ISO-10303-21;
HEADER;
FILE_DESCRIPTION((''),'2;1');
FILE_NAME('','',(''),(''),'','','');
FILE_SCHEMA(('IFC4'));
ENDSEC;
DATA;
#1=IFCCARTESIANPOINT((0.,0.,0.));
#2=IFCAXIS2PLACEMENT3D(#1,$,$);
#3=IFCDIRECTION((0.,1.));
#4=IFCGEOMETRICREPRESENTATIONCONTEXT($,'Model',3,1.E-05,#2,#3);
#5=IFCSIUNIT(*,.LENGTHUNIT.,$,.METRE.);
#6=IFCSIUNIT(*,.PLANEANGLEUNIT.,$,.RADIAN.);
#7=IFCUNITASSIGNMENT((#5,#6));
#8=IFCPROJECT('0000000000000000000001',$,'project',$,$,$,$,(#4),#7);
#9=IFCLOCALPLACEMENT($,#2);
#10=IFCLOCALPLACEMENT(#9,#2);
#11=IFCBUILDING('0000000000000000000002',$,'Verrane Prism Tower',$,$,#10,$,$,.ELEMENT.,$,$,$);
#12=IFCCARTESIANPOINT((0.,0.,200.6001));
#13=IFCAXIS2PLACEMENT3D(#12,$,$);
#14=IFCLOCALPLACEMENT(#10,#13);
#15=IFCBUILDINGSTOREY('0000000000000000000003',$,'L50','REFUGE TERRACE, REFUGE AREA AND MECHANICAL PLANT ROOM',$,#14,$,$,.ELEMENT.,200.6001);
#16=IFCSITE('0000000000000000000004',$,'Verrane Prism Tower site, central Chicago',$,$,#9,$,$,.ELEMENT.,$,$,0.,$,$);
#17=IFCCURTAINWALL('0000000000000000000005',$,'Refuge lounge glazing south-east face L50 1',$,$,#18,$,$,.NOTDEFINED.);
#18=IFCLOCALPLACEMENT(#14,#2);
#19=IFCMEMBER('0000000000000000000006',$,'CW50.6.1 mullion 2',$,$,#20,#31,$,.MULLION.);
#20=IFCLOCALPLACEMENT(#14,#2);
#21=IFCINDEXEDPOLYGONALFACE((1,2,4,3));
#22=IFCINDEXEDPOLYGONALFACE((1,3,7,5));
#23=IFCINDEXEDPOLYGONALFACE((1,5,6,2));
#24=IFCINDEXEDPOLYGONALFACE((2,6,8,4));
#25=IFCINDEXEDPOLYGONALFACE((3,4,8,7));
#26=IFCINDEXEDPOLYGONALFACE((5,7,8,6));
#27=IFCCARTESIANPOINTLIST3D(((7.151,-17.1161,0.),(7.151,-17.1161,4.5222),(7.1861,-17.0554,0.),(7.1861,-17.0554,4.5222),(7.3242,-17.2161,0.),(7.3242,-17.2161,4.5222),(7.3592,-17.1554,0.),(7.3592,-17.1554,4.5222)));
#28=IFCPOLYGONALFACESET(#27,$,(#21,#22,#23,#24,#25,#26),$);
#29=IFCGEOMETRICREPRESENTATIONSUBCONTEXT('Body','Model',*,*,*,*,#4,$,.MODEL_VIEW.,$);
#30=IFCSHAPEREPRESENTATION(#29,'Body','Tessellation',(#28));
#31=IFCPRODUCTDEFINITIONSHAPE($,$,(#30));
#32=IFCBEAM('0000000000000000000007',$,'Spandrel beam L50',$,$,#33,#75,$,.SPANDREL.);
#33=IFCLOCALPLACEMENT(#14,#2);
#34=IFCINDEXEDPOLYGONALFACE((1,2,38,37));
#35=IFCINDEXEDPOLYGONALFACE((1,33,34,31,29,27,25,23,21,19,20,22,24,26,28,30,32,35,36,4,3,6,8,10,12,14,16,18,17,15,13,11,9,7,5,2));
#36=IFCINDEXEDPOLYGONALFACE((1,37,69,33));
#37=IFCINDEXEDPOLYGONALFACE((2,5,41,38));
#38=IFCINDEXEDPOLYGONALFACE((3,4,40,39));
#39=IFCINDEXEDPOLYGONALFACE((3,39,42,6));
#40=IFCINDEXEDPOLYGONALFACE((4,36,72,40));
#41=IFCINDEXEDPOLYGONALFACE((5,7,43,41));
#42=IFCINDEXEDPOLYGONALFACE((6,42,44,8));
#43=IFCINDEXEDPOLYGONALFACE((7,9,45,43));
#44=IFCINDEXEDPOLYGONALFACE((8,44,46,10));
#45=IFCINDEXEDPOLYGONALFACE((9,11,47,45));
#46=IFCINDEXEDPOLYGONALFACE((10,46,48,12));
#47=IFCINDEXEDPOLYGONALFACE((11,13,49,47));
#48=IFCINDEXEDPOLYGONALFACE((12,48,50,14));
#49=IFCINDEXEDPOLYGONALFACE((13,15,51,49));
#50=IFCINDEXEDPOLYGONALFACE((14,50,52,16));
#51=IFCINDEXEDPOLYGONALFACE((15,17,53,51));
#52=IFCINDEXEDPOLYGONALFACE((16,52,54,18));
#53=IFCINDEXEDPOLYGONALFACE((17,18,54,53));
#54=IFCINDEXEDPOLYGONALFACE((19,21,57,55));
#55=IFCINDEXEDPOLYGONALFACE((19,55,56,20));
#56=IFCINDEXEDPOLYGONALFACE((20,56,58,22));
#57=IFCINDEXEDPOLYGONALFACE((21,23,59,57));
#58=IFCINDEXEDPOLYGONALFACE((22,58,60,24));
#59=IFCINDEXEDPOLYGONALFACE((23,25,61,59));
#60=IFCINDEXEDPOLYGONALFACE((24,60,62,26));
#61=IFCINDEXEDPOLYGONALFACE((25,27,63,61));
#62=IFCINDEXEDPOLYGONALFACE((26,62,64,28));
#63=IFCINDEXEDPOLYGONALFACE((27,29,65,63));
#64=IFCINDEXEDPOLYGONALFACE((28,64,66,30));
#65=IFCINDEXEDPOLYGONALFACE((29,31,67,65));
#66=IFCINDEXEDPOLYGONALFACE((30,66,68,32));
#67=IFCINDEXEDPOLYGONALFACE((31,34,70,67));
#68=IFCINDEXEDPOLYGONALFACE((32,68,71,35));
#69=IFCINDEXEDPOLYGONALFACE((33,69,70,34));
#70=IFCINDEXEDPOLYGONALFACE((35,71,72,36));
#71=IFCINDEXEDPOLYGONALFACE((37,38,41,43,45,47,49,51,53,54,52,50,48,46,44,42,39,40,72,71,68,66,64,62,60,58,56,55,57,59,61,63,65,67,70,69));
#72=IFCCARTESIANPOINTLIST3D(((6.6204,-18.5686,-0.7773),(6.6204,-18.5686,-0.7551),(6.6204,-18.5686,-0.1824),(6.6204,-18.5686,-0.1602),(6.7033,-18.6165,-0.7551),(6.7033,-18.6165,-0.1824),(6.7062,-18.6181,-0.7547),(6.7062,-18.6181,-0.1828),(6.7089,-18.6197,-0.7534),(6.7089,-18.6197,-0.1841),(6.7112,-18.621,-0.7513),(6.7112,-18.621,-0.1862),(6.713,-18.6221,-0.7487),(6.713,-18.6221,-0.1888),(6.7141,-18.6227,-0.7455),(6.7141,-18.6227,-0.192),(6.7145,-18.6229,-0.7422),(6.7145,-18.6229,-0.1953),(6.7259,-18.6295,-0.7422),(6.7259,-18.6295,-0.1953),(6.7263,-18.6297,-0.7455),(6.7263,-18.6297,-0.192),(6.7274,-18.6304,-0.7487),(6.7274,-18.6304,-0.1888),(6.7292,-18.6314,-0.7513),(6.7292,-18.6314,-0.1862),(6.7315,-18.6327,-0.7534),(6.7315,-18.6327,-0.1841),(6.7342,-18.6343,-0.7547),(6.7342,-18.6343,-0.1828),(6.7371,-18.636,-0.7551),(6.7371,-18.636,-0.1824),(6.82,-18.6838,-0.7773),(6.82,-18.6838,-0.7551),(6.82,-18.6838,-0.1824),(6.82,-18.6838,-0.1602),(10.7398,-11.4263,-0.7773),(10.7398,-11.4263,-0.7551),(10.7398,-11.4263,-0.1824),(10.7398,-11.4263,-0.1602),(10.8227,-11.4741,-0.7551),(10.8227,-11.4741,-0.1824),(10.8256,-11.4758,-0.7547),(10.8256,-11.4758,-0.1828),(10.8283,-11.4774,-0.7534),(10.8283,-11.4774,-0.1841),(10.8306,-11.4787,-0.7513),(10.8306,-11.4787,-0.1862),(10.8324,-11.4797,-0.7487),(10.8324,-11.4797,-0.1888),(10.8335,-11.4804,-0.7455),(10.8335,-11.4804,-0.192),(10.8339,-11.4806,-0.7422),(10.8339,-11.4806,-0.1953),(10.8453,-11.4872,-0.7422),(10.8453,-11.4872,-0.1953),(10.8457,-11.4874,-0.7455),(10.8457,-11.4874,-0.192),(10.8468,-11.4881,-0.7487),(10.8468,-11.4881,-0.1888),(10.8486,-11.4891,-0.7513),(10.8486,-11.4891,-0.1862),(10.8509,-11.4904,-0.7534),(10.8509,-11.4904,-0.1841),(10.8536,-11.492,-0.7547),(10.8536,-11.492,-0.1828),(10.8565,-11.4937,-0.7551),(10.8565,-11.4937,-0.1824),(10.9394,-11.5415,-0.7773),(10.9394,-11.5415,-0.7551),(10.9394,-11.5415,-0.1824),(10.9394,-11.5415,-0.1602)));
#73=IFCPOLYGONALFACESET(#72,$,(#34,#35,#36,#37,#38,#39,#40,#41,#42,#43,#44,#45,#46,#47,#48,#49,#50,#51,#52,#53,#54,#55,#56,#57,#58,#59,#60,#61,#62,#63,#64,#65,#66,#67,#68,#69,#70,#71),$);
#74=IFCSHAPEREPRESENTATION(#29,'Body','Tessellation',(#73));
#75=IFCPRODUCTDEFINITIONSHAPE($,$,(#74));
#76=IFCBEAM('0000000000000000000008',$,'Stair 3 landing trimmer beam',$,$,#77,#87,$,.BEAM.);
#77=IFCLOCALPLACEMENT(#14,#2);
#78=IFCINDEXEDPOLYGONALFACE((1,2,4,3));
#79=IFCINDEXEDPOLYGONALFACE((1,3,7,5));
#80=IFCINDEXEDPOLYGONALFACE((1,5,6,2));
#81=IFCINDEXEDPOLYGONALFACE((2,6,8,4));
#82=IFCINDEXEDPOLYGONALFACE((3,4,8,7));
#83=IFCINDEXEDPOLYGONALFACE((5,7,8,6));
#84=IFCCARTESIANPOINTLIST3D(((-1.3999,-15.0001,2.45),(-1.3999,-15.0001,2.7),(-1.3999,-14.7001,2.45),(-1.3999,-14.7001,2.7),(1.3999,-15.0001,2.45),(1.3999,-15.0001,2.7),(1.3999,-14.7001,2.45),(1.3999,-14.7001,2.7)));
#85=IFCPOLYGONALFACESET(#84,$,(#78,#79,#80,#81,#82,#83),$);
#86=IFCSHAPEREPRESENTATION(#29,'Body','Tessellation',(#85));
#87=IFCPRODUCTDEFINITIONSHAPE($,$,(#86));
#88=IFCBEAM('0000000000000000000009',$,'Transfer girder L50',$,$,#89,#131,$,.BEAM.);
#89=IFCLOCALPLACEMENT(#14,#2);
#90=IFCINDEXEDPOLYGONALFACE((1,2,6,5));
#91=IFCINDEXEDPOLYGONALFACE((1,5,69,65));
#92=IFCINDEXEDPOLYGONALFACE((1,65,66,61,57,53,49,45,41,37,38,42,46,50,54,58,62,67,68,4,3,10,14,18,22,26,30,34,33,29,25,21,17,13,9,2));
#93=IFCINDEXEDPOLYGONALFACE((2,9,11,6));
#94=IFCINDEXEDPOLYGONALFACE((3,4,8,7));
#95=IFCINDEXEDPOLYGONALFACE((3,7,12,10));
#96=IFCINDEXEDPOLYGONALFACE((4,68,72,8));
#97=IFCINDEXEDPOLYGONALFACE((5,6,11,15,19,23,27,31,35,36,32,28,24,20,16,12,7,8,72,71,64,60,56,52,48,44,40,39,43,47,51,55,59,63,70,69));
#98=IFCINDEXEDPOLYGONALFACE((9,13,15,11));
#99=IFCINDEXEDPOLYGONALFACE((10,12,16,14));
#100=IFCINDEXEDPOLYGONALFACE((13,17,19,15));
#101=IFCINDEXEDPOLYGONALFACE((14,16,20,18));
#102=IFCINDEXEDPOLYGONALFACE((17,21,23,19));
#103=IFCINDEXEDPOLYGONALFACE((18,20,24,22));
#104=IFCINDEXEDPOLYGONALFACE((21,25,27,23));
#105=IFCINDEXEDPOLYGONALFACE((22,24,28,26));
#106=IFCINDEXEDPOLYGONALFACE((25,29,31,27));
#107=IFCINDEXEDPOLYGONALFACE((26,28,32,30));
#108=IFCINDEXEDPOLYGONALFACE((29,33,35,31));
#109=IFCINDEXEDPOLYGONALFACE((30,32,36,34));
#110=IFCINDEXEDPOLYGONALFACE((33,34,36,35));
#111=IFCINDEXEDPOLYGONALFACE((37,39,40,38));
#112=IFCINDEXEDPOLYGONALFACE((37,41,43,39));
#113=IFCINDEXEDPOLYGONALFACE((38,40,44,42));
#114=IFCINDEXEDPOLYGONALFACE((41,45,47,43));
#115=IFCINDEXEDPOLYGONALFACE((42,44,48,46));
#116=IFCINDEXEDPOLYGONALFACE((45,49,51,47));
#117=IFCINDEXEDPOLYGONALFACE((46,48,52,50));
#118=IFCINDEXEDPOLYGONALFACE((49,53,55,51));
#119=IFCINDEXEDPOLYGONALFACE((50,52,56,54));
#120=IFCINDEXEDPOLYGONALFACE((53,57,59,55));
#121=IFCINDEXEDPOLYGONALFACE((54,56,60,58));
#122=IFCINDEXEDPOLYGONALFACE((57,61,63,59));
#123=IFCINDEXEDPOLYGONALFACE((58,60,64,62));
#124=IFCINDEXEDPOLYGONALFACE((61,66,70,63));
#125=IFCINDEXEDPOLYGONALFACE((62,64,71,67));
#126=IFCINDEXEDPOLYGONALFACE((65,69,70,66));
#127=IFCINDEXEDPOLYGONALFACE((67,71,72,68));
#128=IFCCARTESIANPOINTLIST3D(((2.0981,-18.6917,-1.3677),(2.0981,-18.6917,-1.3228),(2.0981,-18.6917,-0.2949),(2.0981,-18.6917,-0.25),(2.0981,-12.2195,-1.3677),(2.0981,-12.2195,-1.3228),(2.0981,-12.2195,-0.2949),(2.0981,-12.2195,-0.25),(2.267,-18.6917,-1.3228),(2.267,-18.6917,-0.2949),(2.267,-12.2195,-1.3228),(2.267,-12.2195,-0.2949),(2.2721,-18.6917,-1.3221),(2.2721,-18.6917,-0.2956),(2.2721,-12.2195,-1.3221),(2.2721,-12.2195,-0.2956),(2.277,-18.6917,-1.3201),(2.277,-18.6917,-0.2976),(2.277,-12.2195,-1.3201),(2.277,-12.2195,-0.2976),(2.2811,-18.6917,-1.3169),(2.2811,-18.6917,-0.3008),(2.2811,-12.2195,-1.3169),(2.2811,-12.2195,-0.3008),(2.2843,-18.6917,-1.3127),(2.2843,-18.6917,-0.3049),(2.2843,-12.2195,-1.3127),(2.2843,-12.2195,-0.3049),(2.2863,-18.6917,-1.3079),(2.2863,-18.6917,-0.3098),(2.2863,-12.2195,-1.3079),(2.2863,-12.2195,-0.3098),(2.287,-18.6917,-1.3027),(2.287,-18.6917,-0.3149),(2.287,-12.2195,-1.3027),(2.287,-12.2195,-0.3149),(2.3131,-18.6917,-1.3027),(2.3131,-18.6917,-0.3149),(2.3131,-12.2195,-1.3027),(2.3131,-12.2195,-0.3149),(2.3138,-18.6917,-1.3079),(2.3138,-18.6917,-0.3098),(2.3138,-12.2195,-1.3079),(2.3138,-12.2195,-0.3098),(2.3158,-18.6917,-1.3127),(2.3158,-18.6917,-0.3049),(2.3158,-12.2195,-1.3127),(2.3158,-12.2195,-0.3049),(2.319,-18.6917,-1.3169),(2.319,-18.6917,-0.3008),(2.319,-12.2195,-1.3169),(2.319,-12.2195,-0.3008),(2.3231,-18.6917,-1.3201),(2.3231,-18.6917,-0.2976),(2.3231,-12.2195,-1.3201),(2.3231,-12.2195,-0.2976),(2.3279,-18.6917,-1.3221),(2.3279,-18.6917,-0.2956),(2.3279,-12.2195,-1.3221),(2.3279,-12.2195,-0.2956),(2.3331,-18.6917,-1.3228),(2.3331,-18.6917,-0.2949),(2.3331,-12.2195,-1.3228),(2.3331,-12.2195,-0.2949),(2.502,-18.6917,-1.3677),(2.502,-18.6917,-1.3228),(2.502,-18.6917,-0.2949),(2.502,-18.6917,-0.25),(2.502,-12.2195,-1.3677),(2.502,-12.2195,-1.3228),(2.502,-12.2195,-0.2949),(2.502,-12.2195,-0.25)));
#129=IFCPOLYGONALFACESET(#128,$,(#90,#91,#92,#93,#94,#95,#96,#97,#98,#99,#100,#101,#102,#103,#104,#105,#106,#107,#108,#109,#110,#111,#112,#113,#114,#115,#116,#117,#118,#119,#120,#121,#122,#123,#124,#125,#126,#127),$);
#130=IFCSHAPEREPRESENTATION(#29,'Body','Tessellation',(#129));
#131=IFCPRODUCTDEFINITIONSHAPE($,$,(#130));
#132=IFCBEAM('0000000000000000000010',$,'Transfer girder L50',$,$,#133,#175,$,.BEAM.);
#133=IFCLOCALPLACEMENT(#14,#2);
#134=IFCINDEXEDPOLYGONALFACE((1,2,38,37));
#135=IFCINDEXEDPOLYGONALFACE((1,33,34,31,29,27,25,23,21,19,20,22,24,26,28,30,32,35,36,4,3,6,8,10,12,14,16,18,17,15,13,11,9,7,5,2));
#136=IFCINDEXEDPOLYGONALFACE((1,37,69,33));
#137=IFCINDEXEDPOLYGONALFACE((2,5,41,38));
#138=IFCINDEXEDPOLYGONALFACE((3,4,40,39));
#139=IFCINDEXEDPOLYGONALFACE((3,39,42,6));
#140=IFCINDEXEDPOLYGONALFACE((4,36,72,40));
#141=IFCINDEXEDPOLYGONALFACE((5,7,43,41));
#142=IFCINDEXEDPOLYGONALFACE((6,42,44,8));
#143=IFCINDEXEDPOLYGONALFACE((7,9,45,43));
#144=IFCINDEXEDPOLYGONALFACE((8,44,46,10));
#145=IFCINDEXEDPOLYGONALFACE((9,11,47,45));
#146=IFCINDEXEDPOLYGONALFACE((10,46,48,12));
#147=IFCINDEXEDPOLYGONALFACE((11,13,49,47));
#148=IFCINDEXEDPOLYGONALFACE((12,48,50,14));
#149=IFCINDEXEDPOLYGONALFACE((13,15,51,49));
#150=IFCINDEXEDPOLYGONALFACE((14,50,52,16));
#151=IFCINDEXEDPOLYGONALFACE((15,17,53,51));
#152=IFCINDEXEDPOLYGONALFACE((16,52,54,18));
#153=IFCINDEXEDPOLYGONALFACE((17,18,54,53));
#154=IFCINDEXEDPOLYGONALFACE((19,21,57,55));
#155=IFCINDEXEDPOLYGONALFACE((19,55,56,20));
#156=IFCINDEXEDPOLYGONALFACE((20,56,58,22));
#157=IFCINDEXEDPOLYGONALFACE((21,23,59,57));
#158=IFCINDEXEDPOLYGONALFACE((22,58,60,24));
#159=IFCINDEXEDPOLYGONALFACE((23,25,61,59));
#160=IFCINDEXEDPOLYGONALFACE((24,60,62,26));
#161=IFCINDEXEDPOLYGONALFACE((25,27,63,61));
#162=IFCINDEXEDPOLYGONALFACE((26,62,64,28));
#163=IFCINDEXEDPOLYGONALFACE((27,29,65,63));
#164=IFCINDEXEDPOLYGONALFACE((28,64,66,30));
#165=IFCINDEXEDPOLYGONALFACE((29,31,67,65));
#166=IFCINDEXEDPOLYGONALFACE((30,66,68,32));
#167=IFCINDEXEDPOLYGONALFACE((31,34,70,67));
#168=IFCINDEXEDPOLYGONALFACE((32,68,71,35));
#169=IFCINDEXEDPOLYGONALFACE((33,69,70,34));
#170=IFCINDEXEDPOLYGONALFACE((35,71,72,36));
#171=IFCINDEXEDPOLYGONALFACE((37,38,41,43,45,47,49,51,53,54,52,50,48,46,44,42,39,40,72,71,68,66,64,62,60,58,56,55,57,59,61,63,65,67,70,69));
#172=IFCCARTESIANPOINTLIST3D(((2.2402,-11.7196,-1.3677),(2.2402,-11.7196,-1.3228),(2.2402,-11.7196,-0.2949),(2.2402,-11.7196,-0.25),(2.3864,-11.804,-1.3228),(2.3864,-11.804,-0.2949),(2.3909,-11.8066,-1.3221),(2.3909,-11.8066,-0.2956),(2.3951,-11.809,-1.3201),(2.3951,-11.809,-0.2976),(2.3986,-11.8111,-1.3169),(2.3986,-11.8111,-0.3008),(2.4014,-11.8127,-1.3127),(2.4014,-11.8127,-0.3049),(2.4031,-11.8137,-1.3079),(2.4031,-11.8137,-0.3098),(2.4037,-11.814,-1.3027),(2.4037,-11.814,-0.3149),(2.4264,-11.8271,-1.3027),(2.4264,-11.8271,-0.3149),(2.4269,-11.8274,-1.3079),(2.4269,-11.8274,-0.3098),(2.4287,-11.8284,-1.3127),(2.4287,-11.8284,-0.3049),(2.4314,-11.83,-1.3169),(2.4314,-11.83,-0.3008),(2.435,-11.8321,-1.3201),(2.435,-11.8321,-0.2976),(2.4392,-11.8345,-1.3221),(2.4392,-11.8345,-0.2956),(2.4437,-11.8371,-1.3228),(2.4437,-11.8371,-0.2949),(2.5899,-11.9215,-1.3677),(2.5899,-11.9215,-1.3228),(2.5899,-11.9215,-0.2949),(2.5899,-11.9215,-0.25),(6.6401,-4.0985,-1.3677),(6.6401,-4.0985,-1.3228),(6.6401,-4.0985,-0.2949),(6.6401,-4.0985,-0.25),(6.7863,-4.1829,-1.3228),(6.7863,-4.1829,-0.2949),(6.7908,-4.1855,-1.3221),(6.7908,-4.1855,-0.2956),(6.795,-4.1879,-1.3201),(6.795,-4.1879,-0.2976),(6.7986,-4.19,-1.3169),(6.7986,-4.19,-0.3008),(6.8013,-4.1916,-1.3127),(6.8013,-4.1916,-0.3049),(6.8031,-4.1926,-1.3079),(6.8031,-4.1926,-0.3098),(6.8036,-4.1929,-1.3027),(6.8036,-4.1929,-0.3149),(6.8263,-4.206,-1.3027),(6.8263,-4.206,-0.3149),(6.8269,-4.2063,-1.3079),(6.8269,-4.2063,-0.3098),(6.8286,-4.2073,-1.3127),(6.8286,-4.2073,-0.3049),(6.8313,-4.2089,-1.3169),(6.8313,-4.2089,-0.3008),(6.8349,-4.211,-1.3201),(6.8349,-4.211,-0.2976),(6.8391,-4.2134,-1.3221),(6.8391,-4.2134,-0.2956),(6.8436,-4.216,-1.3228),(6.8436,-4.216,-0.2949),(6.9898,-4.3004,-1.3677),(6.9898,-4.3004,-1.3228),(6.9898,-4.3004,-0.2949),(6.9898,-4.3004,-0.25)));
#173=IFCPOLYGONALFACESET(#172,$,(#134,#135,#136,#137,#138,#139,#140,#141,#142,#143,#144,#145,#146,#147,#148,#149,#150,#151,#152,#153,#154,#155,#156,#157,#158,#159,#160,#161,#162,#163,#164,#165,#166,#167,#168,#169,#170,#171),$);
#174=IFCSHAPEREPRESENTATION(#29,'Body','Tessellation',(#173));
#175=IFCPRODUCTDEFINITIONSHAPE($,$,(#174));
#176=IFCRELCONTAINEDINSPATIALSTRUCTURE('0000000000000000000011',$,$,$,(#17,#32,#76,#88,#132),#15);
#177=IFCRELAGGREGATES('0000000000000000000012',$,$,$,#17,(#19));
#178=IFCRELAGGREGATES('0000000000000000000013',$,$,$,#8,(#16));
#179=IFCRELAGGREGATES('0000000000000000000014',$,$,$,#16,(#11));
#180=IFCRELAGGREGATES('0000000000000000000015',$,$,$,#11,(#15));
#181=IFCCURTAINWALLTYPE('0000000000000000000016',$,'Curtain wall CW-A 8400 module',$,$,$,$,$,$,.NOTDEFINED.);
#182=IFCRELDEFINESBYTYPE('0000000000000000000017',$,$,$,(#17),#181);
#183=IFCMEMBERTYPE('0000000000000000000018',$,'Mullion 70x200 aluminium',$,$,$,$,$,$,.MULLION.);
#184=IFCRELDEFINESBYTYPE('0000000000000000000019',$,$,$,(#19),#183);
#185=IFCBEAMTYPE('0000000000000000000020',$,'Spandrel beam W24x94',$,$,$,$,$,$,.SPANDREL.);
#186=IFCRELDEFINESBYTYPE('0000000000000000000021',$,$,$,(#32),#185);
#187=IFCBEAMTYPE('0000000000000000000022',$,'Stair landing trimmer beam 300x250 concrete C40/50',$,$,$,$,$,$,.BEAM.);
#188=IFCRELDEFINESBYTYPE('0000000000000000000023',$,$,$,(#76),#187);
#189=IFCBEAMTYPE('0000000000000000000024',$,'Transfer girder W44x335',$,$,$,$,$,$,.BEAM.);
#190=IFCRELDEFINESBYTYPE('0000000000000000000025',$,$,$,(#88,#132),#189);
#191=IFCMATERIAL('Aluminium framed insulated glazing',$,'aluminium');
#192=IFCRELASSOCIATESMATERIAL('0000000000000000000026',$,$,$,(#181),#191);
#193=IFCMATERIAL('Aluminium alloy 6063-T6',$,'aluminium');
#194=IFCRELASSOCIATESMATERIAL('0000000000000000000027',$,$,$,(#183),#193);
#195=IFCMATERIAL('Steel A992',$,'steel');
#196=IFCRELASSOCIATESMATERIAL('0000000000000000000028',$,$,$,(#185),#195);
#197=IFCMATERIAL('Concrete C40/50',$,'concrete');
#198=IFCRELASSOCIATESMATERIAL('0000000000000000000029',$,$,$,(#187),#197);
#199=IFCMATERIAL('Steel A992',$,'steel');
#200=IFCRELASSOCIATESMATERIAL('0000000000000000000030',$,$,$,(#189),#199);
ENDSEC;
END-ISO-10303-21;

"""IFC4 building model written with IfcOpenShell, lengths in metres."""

from ifc_helpers import new_model, si_unit, direction, frame, origin, origin_2d, place, context, subcontext, project, spatial, rectangle, i_section, extrude, material, material_profile, profile_set, type_object, element, aggregate, save


model = new_model("IFC4")

# Units and contexts
model_context = context("Model", 3, precision=1e-05, world=origin(), true_north=direction((0.0, 1.0)))
body_context = subcontext(model_context, "Body", "Model", "MODEL_VIEW")
ifc_project = project(units=[si_unit("LENGTHUNIT", "METRE"), si_unit("PLANEANGLEUNIT", "RADIAN")], contexts=[model_context])

# Site, building, storey
site_placement = place(None, origin())
site = spatial("IfcSite", under=ifc_project, at=site_placement, Name="Verrane Prism Tower site, central Chicago", CompositionType="ELEMENT", RefElevation=0.0)
building_placement = place(site_placement, origin())
building = spatial("IfcBuilding", under=site, at=building_placement, Name="Verrane Prism Tower", CompositionType="ELEMENT")
storey_placement = place(building_placement, frame((0.0, 0.0, 200.6001)))
storey = spatial("IfcBuildingStorey", under=building, at=storey_placement, Name="L50", Description="REFUGE TERRACE, REFUGE AREA AND MECHANICAL PLANT ROOM", CompositionType="ELEMENT", Elevation=200.6001)

# Curtain wall, member
ifc_material_1 = material(Name="Aluminium framed insulated glazing", Category="aluminium")
curtain_wall_type = type_object("IfcCurtainWallType", Name="Curtain wall CW-A 8400 module", PredefinedType="NOTDEFINED", material=ifc_material_1)
curtain_wall_placement = place(storey_placement, origin())
curtain_wall = element("IfcCurtainWall", 1, at=curtain_wall_placement, inside=storey, type_object=curtain_wall_type, Name="Refuge lounge glazing south-east face L50 1", PredefinedType="NOTDEFINED")
ifc_material_2 = material(Name="Aluminium alloy 6063-T6", Category="aluminium")
ifc_material_profile_1 = material_profile(ifc_material_2, rectangle(XDim=0.2, YDim=0.0701, at=origin_2d()), Name="Mullion 70x200 aluminium")
ifc_profile_set_1 = profile_set([ifc_material_profile_1], Name="Aluminium alloy 6063-T6")
member_type = type_object("IfcMemberType", Name="Mullion 70x200 aluminium", PredefinedType="MULLION", material=ifc_profile_set_1)
member_placement = place(storey_placement, frame((7.2551, -17.1357, 0.0), z_axis=(0.0, 0.0, 1.0), x_axis=(-0.866027, 0.499996, 0.0)))
member = element("IfcMember", 2, at=member_placement, type_object=member_type, Name="CW50.6.1 mullion 2", PredefinedType="MULLION", context=body_context, shape_type="SweptSolid", body=[
    extrude(rectangle(XDim=0.2, YDim=0.0701, at=origin_2d()), origin(), (0.0, 0.0, 1.0), 4.5222),
])
aggregate(curtain_wall, [member])

# Beams
ifc_material_3 = material(Name="Steel A992", Category="steel")
ifc_material_profile_2 = material_profile(ifc_material_3, i_section(OverallWidth=0.2305, OverallDepth=0.6172, WebThickness=0.0132, FlangeThickness=0.0222, FilletRadius=0.0129, at=origin_2d()), Name="W24x94")
ifc_profile_set_2 = profile_set([ifc_material_profile_2], Name="Steel A992")
beam_type_1 = type_object("IfcBeamType", Name="Spandrel beam W24x94", PredefinedType="SPANDREL", material=ifc_profile_set_2)
beam_1_placement = place(storey_placement, frame((6.7202, -18.6262, -0.4688), z_axis=(0.499614, 0.866248, 0.0), x_axis=(-0.866248, 0.499614, 0.0)))
element("IfcBeam", 3, at=beam_1_placement, inside=storey, type_object=beam_type_1, Name="Spandrel beam L50", PredefinedType="SPANDREL", context=body_context, shape_type="SweptSolid", body=[
    extrude(i_section(OverallWidth=0.2305, OverallDepth=0.6172, WebThickness=0.0132, FlangeThickness=0.0222, FilletRadius=0.0129, at=origin_2d()), origin(), (0.0, 0.0, 1.0), 8.2451),
])
ifc_material_4 = material(Name="Concrete C40/50", Category="concrete")
ifc_material_profile_3 = material_profile(ifc_material_4, rectangle(XDim=0.3, YDim=0.25, at=origin_2d()), Name="RC 300x250")
ifc_profile_set_3 = profile_set([ifc_material_profile_3], Name="Concrete C40/50")
beam_type_2 = type_object("IfcBeamType", Name="Stair landing trimmer beam 300x250 concrete C40/50", PredefinedType="BEAM", material=ifc_profile_set_3)
beam_2_placement = place(storey_placement, frame((1.3999, -14.8501, 2.575), z_axis=(-1.0, 0.0, 0.0), x_axis=(0.0, -1.0, 0.0)))
element("IfcBeam", 4, at=beam_2_placement, inside=storey, type_object=beam_type_2, Name="Stair 3 landing trimmer beam", PredefinedType="BEAM", context=body_context, shape_type="SweptSolid", body=[
    extrude(rectangle(XDim=0.3, YDim=0.25, at=origin_2d()), origin(), (0.0, 0.0, 1.0), 2.7998),
])
ifc_material_5 = material(Name="Steel A992", Category="steel")
ifc_material_profile_4 = material_profile(ifc_material_5, i_section(OverallWidth=0.4038, OverallDepth=1.1177, WebThickness=0.0261, FlangeThickness=0.0449, FilletRadius=0.02, at=origin_2d()), Name="W44x335")
ifc_profile_set_4 = profile_set([ifc_material_profile_4], Name="Steel A992")
beam_type_3 = type_object("IfcBeamType", Name="Transfer girder W44x335", PredefinedType="BEAM", material=ifc_profile_set_4)
beam_3_placement = place(storey_placement, frame((2.3, -18.6917, -0.8088), z_axis=(0.0, 1.0, 0.0), x_axis=(-1.0, 0.0, 0.0)))
element("IfcBeam", 5, at=beam_3_placement, inside=storey, type_object=beam_type_3, Name="Transfer girder L50", PredefinedType="BEAM", context=body_context, shape_type="SweptSolid", body=[
    extrude(i_section(OverallWidth=0.4038, OverallDepth=1.1177, WebThickness=0.0261, FlangeThickness=0.0449, FilletRadius=0.02, at=origin_2d()), origin(), (0.0, 0.0, 1.0), 6.4722),
])
beam_4_placement = place(storey_placement, frame((2.415, -11.8206, -0.8088), z_axis=(0.499988, 0.866032, 0.0), x_axis=(-0.866032, 0.499988, 0.0)))
element("IfcBeam", 6, at=beam_4_placement, inside=storey, type_object=beam_type_3, Name="Transfer girder L50", PredefinedType="BEAM", context=body_context, shape_type="SweptSolid", body=[
    extrude(i_section(OverallWidth=0.4038, OverallDepth=1.1177, WebThickness=0.0261, FlangeThickness=0.0449, FilletRadius=0.02, at=origin_2d()), origin(), (0.0, 0.0, 1.0), 8.8),
])

save(model, "model.ifc")
